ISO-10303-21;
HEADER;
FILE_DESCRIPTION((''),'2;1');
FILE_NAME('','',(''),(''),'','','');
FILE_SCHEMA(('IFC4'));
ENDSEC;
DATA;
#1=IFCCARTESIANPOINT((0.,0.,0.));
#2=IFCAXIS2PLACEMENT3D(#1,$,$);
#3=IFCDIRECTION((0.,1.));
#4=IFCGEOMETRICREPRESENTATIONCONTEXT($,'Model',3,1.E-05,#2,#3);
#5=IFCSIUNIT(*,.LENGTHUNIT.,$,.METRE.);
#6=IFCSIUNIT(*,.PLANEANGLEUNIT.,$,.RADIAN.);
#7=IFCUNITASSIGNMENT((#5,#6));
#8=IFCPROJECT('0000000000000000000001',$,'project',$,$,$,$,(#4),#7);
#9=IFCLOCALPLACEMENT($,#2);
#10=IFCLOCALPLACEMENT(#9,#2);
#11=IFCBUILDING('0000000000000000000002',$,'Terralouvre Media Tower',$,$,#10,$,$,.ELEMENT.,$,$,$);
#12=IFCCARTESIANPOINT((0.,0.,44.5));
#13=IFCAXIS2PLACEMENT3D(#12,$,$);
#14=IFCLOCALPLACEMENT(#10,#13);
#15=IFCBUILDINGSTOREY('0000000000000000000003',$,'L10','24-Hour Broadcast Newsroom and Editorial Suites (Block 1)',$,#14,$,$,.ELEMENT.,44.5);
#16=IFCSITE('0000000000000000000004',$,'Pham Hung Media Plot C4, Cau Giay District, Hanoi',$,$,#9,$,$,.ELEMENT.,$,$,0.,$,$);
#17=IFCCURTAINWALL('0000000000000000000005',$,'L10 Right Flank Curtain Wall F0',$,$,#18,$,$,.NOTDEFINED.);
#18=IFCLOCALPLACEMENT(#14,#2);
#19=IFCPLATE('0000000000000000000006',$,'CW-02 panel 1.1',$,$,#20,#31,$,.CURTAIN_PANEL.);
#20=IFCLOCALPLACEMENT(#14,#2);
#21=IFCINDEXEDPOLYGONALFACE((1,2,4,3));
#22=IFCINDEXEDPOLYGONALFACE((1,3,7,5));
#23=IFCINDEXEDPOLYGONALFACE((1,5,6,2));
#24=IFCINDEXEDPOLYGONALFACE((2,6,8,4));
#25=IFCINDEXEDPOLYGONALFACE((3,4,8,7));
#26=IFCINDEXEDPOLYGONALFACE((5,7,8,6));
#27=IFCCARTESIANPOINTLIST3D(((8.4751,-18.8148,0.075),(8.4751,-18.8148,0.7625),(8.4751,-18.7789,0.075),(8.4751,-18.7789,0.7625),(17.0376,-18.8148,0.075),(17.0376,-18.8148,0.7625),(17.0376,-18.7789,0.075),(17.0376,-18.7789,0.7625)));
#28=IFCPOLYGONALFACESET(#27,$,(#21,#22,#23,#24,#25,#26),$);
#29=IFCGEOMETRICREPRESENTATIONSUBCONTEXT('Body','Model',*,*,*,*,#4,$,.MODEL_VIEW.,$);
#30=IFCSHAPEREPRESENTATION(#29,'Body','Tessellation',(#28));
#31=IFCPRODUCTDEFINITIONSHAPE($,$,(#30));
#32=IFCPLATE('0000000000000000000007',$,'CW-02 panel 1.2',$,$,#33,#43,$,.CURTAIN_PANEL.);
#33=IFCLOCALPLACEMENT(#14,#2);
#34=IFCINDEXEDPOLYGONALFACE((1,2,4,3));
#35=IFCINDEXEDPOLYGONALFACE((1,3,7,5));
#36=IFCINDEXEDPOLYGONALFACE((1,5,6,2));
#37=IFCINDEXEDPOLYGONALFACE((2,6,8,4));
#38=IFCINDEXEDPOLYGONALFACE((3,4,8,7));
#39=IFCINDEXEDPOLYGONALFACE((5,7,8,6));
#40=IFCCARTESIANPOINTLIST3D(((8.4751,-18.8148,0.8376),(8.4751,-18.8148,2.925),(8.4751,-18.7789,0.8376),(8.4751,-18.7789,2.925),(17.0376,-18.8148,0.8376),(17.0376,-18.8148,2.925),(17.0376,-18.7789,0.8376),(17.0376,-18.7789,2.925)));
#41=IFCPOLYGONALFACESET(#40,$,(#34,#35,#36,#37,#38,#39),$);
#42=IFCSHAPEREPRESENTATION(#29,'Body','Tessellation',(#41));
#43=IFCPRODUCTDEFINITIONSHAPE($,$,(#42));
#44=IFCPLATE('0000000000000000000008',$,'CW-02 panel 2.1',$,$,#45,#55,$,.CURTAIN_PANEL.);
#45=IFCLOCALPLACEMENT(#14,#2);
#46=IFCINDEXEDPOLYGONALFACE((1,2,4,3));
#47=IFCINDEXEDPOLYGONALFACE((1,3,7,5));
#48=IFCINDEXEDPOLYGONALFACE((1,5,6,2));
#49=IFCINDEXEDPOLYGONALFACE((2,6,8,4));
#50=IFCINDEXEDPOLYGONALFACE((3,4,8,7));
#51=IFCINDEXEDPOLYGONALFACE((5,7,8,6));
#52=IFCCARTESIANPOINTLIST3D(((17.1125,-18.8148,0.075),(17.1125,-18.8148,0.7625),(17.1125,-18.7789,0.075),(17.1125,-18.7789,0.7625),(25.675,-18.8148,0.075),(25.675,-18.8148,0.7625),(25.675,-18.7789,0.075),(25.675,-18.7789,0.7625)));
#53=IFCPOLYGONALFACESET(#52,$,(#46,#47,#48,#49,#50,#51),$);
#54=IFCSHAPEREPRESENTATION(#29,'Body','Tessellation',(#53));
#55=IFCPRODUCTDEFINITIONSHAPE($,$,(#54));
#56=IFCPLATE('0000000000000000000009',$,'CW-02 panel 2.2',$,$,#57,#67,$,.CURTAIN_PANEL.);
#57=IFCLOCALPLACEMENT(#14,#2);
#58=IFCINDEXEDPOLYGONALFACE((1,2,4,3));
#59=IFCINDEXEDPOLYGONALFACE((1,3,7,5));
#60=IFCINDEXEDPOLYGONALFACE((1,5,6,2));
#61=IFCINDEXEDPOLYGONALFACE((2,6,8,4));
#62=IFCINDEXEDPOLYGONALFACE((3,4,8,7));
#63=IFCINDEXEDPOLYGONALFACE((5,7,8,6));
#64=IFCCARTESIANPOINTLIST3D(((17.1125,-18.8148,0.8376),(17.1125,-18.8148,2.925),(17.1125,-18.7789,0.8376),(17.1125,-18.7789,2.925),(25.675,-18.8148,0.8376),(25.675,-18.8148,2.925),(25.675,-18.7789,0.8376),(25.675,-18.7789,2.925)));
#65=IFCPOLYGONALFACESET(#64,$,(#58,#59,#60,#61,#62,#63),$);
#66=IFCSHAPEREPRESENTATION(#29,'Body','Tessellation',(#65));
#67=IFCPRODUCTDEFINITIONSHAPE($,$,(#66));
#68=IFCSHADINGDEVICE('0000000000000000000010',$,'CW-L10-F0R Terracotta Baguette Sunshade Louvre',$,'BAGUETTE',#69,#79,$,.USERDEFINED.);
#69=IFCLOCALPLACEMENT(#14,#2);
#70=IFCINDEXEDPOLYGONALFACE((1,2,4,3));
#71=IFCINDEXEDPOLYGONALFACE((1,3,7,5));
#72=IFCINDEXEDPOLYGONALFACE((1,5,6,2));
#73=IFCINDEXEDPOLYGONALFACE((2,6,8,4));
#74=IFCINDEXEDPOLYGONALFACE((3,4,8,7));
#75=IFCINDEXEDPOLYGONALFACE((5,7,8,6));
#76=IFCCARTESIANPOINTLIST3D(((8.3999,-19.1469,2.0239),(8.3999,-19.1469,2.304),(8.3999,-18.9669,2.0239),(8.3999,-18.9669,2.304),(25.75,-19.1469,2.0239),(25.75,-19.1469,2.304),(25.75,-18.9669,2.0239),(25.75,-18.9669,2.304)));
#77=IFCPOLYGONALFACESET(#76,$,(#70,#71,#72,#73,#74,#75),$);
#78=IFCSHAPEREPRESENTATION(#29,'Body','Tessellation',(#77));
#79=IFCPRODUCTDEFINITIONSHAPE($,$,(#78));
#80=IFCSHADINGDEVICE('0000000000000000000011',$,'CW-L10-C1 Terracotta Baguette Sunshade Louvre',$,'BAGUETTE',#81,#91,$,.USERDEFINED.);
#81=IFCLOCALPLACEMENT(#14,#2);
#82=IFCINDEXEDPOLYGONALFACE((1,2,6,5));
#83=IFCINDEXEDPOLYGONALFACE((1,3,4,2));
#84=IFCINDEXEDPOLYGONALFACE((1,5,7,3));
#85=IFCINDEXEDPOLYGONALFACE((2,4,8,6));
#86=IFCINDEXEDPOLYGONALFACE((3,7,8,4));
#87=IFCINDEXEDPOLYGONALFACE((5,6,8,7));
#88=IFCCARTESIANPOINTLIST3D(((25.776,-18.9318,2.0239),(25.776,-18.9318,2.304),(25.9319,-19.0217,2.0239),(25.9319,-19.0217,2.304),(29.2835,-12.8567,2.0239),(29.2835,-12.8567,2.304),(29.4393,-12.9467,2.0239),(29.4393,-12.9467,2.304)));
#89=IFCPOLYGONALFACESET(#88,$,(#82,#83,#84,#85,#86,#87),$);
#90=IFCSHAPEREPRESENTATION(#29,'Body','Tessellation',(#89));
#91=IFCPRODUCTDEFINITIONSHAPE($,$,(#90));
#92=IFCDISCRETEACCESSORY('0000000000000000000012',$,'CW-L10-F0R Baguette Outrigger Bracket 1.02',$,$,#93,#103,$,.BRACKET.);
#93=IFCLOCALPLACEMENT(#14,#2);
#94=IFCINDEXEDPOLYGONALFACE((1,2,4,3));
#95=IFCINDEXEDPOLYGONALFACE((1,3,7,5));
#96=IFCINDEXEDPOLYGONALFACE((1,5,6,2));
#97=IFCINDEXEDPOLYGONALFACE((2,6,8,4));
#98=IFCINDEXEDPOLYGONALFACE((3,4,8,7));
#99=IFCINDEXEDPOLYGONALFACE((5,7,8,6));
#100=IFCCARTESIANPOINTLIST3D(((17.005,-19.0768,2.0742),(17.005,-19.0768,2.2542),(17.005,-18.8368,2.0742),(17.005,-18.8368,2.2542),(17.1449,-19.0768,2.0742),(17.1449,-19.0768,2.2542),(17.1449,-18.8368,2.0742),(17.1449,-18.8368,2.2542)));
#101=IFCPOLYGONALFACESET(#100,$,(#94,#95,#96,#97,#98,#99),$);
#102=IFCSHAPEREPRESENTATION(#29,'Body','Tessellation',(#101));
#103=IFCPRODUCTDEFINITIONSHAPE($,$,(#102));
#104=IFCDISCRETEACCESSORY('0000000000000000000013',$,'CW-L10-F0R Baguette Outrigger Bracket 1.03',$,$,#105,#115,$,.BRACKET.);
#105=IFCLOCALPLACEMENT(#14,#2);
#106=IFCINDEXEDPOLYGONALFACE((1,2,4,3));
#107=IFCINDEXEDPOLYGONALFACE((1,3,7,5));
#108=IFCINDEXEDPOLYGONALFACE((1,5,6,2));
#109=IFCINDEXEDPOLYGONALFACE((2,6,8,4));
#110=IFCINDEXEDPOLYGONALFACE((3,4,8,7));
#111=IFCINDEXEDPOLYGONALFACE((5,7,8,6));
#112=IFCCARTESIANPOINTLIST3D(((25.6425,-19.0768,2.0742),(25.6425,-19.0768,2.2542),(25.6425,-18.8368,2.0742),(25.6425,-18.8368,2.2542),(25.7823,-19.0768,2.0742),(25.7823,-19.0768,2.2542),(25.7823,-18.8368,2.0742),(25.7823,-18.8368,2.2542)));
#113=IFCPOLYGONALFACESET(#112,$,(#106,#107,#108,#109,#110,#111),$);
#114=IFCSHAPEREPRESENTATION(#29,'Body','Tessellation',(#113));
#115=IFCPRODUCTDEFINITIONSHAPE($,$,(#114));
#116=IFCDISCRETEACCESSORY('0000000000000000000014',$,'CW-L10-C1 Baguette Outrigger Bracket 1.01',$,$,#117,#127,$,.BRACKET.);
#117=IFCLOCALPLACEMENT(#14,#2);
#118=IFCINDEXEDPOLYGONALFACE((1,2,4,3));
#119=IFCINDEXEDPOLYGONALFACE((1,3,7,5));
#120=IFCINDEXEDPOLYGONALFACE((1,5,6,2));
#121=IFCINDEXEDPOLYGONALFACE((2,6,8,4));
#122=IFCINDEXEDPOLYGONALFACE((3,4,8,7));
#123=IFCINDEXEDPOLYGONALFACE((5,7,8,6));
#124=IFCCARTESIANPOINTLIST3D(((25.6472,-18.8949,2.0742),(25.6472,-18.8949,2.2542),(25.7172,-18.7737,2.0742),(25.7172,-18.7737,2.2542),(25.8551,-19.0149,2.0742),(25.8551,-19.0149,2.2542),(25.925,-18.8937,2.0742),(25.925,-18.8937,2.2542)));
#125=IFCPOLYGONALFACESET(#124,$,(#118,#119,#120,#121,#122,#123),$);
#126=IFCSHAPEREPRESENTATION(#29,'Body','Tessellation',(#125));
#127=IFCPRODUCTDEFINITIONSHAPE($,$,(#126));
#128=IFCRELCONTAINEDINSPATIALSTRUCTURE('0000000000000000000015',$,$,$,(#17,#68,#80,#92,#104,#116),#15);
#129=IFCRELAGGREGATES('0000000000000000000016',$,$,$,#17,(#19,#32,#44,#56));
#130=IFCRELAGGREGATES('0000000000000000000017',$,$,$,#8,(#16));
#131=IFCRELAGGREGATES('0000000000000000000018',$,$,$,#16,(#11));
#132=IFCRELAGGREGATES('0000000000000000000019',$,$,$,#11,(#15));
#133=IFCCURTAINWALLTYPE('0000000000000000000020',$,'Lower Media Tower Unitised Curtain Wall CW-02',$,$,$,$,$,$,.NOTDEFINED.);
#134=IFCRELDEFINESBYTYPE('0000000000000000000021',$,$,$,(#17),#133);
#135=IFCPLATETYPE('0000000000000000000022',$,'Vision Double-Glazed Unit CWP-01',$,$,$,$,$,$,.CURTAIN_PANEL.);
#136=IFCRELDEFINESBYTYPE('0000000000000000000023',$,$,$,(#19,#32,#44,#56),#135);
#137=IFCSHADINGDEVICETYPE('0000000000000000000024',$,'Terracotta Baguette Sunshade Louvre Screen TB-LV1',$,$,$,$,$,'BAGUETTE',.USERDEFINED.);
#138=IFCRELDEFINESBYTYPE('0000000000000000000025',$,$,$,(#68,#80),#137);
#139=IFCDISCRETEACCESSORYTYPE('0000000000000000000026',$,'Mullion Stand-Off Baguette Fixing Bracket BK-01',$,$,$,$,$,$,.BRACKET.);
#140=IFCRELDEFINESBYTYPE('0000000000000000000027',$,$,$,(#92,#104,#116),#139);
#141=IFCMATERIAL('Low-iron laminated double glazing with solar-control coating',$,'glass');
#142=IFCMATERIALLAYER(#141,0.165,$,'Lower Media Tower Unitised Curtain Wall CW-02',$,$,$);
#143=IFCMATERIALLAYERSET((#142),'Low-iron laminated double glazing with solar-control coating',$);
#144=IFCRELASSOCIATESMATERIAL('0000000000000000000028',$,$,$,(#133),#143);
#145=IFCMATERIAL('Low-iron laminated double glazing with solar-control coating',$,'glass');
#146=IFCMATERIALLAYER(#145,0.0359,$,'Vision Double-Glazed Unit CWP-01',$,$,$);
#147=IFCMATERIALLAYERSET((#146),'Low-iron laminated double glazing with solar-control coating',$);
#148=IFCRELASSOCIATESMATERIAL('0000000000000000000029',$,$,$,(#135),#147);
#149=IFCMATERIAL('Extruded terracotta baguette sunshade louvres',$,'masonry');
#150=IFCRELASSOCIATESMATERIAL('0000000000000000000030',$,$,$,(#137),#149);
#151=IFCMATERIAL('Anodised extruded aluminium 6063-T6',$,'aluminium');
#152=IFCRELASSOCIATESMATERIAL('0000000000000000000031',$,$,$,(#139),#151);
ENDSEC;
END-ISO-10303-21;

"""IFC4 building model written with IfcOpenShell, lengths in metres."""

from ifc_helpers import new_model, si_unit, direction, frame, origin, origin_2d, place, context, subcontext, project, spatial, rectangle, extrude, material, layer, layer_set, type_object, element, aggregate, save


model = new_model("IFC4")

# Units and contexts
model_context = context("Model", 3, precision=1e-05, world=origin(), true_north=direction((0.0, 1.0)))
body_context = subcontext(model_context, "Body", "Model", "MODEL_VIEW")
ifc_project = project(units=[si_unit("LENGTHUNIT", "METRE"), si_unit("PLANEANGLEUNIT", "RADIAN")], contexts=[model_context])

# Site, building, storey
site_placement = place(None, origin())
site = spatial("IfcSite", under=ifc_project, at=site_placement, Name="Pham Hung Media Plot C4, Cau Giay District, Hanoi", CompositionType="ELEMENT", RefElevation=0.0)
building_placement = place(site_placement, origin())
building = spatial("IfcBuilding", under=site, at=building_placement, Name="Terralouvre Media Tower", CompositionType="ELEMENT")
storey_placement = place(building_placement, frame((0.0, 0.0, 44.5)))
storey = spatial("IfcBuildingStorey", under=building, at=storey_placement, Name="L10", Description="24-Hour Broadcast Newsroom and Editorial Suites (Block 1)", CompositionType="ELEMENT", Elevation=44.5)

# Curtain wall
ifc_material_1 = material(Name="Low-iron laminated double glazing with solar-control coating", Category="glass")
ifc_layer_1 = layer(ifc_material_1, 0.165, Name="Lower Media Tower Unitised Curtain Wall CW-02")
ifc_layer_set_1 = layer_set([ifc_layer_1], Name="Low-iron laminated double glazing with solar-control coating")
curtain_wall_type_1 = type_object("IfcCurtainWallType", Name="Lower Media Tower Unitised Curtain Wall CW-02", PredefinedType="NOTDEFINED", material=ifc_layer_set_1)
curtain_wall_1_placement = place(storey_placement, origin())
curtain_wall_1 = element("IfcCurtainWall", 1, at=curtain_wall_1_placement, inside=storey, type_object=curtain_wall_type_1, Name="L10 Right Flank Curtain Wall F0", PredefinedType="NOTDEFINED")

# Plates
ifc_material_2 = material(Name="Low-iron laminated double glazing with solar-control coating", Category="glass")
ifc_layer_2 = layer(ifc_material_2, 0.0359, Name="Vision Double-Glazed Unit CWP-01")
ifc_layer_set_2 = layer_set([ifc_layer_2], Name="Low-iron laminated double glazing with solar-control coating")
plate_type_1 = type_object("IfcPlateType", Name="Vision Double-Glazed Unit CWP-01", PredefinedType="CURTAIN_PANEL", material=ifc_layer_set_2)
plate_1_placement = place(storey_placement, frame((12.7563, -18.7969, 0.075), z_axis=(0.0, 0.0, 1.0), x_axis=(1.0, 0.0, 0.0)))
plate_1 = element("IfcPlate", 2, at=plate_1_placement, type_object=plate_type_1, Name="CW-02 panel 1.1", PredefinedType="CURTAIN_PANEL", context=body_context, shape_type="SweptSolid", body=[
    extrude(rectangle(XDim=8.5625, YDim=0.0359, at=origin_2d()), origin(), (0.0, 0.0, 1.0), 0.6875),
])
plate_2_placement = place(storey_placement, frame((12.7563, -18.7969, 0.8376), z_axis=(0.0, 0.0, 1.0), x_axis=(1.0, 0.0, 0.0)))
plate_2 = element("IfcPlate", 3, at=plate_2_placement, type_object=plate_type_1, Name="CW-02 panel 1.2", PredefinedType="CURTAIN_PANEL", context=body_context, shape_type="SweptSolid", body=[
    extrude(rectangle(XDim=8.5625, YDim=0.0359, at=origin_2d()), origin(), (0.0, 0.0, 1.0), 2.0874),
])
plate_3_placement = place(storey_placement, frame((21.3938, -18.7969, 0.075), z_axis=(0.0, 0.0, 1.0), x_axis=(1.0, 0.0, 0.0)))
plate_3 = element("IfcPlate", 4, at=plate_3_placement, type_object=plate_type_1, Name="CW-02 panel 2.1", PredefinedType="CURTAIN_PANEL", context=body_context, shape_type="SweptSolid", body=[
    extrude(rectangle(XDim=8.5625, YDim=0.0359, at=origin_2d()), origin(), (0.0, 0.0, 1.0), 0.6875),
])
plate_4_placement = place(storey_placement, frame((21.3938, -18.7969, 0.8376), z_axis=(0.0, 0.0, 1.0), x_axis=(1.0, 0.0, 0.0)))
plate_4 = element("IfcPlate", 5, at=plate_4_placement, type_object=plate_type_1, Name="CW-02 panel 2.2", PredefinedType="CURTAIN_PANEL", context=body_context, shape_type="SweptSolid", body=[
    extrude(rectangle(XDim=8.5625, YDim=0.0359, at=origin_2d()), origin(), (0.0, 0.0, 1.0), 2.0874),
])
aggregate(curtain_wall_1, [plate_1, plate_2, plate_3, plate_4])

# Shading devices
ifc_material_3 = material(Name="Extruded terracotta baguette sunshade louvres", Category="masonry")
shading_device_type = type_object("IfcShadingDeviceType", Name="Terracotta Baguette Sunshade Louvre Screen TB-LV1", ElementType="BAGUETTE", PredefinedType="USERDEFINED", material=ifc_material_3)
shading_device_1_placement = place(storey_placement, frame((17.075, -19.0569, 2.0239), z_axis=(0.0, 0.0, 1.0), x_axis=(1.0, 0.0, 0.0)))
element("IfcShadingDevice", 6, at=shading_device_1_placement, inside=storey, type_object=shading_device_type, Name="CW-L10-F0R Terracotta Baguette Sunshade Louvre", ObjectType="BAGUETTE", PredefinedType="USERDEFINED", context=body_context, shape_type="SweptSolid", body=[
    extrude(rectangle(XDim=17.3501, YDim=0.1799, at=origin_2d()), origin(), (0.0, 0.0, 1.0), 0.28),
])
shading_device_2_placement = place(storey_placement, frame((27.6077, -15.9392, 2.0239), z_axis=(0.0, 0.0, 1.0), x_axis=(0.5, 0.866026, 0.0)))
element("IfcShadingDevice", 7, at=shading_device_2_placement, inside=storey, type_object=shading_device_type, Name="CW-L10-C1 Terracotta Baguette Sunshade Louvre", ObjectType="BAGUETTE", PredefinedType="USERDEFINED", context=body_context, shape_type="SweptSolid", body=[
    extrude(rectangle(XDim=7.0149, YDim=0.1799, at=origin_2d()), origin(), (0.0, 0.0, 1.0), 0.28),
])

# Discrete accessories
ifc_material_4 = material(Name="Anodised extruded aluminium 6063-T6", Category="aluminium")
discrete_accessory_type = type_object("IfcDiscreteAccessoryType", Name="Mullion Stand-Off Baguette Fixing Bracket BK-01", PredefinedType="BRACKET", material=ifc_material_4)
for number, where, z_axis, x_axis, name in (
    (8, (17.075, -18.9568, 2.0742), (0.0, 0.0, 1.0), (1.0, 0.0, 0.0), "CW-L10-F0R Baguette Outrigger Bracket 1.02"),
    (9, (25.7124, -18.9568, 2.0742), (0.0, 0.0, 1.0), (1.0, 0.0, 0.0), "CW-L10-F0R Baguette Outrigger Bracket 1.03"),
    (10, (25.7861, -18.8943, 2.0742), (0.0, 0.0, 1.0), (0.5, 0.866026, 0.0), "CW-L10-C1 Baguette Outrigger Bracket 1.01"),
):
    element("IfcDiscreteAccessory", number, at=place(storey_placement, frame(where, z_axis=z_axis, x_axis=x_axis)), inside=storey, type_object=discrete_accessory_type, Name=name, PredefinedType="BRACKET", context=body_context, shape_type="SweptSolid", body=[
        extrude(rectangle(XDim=0.1399, YDim=0.24, at=origin_2d()), origin(), (0.0, 0.0, 1.0), 0.1799),
    ])

save(model, "model.ifc")
